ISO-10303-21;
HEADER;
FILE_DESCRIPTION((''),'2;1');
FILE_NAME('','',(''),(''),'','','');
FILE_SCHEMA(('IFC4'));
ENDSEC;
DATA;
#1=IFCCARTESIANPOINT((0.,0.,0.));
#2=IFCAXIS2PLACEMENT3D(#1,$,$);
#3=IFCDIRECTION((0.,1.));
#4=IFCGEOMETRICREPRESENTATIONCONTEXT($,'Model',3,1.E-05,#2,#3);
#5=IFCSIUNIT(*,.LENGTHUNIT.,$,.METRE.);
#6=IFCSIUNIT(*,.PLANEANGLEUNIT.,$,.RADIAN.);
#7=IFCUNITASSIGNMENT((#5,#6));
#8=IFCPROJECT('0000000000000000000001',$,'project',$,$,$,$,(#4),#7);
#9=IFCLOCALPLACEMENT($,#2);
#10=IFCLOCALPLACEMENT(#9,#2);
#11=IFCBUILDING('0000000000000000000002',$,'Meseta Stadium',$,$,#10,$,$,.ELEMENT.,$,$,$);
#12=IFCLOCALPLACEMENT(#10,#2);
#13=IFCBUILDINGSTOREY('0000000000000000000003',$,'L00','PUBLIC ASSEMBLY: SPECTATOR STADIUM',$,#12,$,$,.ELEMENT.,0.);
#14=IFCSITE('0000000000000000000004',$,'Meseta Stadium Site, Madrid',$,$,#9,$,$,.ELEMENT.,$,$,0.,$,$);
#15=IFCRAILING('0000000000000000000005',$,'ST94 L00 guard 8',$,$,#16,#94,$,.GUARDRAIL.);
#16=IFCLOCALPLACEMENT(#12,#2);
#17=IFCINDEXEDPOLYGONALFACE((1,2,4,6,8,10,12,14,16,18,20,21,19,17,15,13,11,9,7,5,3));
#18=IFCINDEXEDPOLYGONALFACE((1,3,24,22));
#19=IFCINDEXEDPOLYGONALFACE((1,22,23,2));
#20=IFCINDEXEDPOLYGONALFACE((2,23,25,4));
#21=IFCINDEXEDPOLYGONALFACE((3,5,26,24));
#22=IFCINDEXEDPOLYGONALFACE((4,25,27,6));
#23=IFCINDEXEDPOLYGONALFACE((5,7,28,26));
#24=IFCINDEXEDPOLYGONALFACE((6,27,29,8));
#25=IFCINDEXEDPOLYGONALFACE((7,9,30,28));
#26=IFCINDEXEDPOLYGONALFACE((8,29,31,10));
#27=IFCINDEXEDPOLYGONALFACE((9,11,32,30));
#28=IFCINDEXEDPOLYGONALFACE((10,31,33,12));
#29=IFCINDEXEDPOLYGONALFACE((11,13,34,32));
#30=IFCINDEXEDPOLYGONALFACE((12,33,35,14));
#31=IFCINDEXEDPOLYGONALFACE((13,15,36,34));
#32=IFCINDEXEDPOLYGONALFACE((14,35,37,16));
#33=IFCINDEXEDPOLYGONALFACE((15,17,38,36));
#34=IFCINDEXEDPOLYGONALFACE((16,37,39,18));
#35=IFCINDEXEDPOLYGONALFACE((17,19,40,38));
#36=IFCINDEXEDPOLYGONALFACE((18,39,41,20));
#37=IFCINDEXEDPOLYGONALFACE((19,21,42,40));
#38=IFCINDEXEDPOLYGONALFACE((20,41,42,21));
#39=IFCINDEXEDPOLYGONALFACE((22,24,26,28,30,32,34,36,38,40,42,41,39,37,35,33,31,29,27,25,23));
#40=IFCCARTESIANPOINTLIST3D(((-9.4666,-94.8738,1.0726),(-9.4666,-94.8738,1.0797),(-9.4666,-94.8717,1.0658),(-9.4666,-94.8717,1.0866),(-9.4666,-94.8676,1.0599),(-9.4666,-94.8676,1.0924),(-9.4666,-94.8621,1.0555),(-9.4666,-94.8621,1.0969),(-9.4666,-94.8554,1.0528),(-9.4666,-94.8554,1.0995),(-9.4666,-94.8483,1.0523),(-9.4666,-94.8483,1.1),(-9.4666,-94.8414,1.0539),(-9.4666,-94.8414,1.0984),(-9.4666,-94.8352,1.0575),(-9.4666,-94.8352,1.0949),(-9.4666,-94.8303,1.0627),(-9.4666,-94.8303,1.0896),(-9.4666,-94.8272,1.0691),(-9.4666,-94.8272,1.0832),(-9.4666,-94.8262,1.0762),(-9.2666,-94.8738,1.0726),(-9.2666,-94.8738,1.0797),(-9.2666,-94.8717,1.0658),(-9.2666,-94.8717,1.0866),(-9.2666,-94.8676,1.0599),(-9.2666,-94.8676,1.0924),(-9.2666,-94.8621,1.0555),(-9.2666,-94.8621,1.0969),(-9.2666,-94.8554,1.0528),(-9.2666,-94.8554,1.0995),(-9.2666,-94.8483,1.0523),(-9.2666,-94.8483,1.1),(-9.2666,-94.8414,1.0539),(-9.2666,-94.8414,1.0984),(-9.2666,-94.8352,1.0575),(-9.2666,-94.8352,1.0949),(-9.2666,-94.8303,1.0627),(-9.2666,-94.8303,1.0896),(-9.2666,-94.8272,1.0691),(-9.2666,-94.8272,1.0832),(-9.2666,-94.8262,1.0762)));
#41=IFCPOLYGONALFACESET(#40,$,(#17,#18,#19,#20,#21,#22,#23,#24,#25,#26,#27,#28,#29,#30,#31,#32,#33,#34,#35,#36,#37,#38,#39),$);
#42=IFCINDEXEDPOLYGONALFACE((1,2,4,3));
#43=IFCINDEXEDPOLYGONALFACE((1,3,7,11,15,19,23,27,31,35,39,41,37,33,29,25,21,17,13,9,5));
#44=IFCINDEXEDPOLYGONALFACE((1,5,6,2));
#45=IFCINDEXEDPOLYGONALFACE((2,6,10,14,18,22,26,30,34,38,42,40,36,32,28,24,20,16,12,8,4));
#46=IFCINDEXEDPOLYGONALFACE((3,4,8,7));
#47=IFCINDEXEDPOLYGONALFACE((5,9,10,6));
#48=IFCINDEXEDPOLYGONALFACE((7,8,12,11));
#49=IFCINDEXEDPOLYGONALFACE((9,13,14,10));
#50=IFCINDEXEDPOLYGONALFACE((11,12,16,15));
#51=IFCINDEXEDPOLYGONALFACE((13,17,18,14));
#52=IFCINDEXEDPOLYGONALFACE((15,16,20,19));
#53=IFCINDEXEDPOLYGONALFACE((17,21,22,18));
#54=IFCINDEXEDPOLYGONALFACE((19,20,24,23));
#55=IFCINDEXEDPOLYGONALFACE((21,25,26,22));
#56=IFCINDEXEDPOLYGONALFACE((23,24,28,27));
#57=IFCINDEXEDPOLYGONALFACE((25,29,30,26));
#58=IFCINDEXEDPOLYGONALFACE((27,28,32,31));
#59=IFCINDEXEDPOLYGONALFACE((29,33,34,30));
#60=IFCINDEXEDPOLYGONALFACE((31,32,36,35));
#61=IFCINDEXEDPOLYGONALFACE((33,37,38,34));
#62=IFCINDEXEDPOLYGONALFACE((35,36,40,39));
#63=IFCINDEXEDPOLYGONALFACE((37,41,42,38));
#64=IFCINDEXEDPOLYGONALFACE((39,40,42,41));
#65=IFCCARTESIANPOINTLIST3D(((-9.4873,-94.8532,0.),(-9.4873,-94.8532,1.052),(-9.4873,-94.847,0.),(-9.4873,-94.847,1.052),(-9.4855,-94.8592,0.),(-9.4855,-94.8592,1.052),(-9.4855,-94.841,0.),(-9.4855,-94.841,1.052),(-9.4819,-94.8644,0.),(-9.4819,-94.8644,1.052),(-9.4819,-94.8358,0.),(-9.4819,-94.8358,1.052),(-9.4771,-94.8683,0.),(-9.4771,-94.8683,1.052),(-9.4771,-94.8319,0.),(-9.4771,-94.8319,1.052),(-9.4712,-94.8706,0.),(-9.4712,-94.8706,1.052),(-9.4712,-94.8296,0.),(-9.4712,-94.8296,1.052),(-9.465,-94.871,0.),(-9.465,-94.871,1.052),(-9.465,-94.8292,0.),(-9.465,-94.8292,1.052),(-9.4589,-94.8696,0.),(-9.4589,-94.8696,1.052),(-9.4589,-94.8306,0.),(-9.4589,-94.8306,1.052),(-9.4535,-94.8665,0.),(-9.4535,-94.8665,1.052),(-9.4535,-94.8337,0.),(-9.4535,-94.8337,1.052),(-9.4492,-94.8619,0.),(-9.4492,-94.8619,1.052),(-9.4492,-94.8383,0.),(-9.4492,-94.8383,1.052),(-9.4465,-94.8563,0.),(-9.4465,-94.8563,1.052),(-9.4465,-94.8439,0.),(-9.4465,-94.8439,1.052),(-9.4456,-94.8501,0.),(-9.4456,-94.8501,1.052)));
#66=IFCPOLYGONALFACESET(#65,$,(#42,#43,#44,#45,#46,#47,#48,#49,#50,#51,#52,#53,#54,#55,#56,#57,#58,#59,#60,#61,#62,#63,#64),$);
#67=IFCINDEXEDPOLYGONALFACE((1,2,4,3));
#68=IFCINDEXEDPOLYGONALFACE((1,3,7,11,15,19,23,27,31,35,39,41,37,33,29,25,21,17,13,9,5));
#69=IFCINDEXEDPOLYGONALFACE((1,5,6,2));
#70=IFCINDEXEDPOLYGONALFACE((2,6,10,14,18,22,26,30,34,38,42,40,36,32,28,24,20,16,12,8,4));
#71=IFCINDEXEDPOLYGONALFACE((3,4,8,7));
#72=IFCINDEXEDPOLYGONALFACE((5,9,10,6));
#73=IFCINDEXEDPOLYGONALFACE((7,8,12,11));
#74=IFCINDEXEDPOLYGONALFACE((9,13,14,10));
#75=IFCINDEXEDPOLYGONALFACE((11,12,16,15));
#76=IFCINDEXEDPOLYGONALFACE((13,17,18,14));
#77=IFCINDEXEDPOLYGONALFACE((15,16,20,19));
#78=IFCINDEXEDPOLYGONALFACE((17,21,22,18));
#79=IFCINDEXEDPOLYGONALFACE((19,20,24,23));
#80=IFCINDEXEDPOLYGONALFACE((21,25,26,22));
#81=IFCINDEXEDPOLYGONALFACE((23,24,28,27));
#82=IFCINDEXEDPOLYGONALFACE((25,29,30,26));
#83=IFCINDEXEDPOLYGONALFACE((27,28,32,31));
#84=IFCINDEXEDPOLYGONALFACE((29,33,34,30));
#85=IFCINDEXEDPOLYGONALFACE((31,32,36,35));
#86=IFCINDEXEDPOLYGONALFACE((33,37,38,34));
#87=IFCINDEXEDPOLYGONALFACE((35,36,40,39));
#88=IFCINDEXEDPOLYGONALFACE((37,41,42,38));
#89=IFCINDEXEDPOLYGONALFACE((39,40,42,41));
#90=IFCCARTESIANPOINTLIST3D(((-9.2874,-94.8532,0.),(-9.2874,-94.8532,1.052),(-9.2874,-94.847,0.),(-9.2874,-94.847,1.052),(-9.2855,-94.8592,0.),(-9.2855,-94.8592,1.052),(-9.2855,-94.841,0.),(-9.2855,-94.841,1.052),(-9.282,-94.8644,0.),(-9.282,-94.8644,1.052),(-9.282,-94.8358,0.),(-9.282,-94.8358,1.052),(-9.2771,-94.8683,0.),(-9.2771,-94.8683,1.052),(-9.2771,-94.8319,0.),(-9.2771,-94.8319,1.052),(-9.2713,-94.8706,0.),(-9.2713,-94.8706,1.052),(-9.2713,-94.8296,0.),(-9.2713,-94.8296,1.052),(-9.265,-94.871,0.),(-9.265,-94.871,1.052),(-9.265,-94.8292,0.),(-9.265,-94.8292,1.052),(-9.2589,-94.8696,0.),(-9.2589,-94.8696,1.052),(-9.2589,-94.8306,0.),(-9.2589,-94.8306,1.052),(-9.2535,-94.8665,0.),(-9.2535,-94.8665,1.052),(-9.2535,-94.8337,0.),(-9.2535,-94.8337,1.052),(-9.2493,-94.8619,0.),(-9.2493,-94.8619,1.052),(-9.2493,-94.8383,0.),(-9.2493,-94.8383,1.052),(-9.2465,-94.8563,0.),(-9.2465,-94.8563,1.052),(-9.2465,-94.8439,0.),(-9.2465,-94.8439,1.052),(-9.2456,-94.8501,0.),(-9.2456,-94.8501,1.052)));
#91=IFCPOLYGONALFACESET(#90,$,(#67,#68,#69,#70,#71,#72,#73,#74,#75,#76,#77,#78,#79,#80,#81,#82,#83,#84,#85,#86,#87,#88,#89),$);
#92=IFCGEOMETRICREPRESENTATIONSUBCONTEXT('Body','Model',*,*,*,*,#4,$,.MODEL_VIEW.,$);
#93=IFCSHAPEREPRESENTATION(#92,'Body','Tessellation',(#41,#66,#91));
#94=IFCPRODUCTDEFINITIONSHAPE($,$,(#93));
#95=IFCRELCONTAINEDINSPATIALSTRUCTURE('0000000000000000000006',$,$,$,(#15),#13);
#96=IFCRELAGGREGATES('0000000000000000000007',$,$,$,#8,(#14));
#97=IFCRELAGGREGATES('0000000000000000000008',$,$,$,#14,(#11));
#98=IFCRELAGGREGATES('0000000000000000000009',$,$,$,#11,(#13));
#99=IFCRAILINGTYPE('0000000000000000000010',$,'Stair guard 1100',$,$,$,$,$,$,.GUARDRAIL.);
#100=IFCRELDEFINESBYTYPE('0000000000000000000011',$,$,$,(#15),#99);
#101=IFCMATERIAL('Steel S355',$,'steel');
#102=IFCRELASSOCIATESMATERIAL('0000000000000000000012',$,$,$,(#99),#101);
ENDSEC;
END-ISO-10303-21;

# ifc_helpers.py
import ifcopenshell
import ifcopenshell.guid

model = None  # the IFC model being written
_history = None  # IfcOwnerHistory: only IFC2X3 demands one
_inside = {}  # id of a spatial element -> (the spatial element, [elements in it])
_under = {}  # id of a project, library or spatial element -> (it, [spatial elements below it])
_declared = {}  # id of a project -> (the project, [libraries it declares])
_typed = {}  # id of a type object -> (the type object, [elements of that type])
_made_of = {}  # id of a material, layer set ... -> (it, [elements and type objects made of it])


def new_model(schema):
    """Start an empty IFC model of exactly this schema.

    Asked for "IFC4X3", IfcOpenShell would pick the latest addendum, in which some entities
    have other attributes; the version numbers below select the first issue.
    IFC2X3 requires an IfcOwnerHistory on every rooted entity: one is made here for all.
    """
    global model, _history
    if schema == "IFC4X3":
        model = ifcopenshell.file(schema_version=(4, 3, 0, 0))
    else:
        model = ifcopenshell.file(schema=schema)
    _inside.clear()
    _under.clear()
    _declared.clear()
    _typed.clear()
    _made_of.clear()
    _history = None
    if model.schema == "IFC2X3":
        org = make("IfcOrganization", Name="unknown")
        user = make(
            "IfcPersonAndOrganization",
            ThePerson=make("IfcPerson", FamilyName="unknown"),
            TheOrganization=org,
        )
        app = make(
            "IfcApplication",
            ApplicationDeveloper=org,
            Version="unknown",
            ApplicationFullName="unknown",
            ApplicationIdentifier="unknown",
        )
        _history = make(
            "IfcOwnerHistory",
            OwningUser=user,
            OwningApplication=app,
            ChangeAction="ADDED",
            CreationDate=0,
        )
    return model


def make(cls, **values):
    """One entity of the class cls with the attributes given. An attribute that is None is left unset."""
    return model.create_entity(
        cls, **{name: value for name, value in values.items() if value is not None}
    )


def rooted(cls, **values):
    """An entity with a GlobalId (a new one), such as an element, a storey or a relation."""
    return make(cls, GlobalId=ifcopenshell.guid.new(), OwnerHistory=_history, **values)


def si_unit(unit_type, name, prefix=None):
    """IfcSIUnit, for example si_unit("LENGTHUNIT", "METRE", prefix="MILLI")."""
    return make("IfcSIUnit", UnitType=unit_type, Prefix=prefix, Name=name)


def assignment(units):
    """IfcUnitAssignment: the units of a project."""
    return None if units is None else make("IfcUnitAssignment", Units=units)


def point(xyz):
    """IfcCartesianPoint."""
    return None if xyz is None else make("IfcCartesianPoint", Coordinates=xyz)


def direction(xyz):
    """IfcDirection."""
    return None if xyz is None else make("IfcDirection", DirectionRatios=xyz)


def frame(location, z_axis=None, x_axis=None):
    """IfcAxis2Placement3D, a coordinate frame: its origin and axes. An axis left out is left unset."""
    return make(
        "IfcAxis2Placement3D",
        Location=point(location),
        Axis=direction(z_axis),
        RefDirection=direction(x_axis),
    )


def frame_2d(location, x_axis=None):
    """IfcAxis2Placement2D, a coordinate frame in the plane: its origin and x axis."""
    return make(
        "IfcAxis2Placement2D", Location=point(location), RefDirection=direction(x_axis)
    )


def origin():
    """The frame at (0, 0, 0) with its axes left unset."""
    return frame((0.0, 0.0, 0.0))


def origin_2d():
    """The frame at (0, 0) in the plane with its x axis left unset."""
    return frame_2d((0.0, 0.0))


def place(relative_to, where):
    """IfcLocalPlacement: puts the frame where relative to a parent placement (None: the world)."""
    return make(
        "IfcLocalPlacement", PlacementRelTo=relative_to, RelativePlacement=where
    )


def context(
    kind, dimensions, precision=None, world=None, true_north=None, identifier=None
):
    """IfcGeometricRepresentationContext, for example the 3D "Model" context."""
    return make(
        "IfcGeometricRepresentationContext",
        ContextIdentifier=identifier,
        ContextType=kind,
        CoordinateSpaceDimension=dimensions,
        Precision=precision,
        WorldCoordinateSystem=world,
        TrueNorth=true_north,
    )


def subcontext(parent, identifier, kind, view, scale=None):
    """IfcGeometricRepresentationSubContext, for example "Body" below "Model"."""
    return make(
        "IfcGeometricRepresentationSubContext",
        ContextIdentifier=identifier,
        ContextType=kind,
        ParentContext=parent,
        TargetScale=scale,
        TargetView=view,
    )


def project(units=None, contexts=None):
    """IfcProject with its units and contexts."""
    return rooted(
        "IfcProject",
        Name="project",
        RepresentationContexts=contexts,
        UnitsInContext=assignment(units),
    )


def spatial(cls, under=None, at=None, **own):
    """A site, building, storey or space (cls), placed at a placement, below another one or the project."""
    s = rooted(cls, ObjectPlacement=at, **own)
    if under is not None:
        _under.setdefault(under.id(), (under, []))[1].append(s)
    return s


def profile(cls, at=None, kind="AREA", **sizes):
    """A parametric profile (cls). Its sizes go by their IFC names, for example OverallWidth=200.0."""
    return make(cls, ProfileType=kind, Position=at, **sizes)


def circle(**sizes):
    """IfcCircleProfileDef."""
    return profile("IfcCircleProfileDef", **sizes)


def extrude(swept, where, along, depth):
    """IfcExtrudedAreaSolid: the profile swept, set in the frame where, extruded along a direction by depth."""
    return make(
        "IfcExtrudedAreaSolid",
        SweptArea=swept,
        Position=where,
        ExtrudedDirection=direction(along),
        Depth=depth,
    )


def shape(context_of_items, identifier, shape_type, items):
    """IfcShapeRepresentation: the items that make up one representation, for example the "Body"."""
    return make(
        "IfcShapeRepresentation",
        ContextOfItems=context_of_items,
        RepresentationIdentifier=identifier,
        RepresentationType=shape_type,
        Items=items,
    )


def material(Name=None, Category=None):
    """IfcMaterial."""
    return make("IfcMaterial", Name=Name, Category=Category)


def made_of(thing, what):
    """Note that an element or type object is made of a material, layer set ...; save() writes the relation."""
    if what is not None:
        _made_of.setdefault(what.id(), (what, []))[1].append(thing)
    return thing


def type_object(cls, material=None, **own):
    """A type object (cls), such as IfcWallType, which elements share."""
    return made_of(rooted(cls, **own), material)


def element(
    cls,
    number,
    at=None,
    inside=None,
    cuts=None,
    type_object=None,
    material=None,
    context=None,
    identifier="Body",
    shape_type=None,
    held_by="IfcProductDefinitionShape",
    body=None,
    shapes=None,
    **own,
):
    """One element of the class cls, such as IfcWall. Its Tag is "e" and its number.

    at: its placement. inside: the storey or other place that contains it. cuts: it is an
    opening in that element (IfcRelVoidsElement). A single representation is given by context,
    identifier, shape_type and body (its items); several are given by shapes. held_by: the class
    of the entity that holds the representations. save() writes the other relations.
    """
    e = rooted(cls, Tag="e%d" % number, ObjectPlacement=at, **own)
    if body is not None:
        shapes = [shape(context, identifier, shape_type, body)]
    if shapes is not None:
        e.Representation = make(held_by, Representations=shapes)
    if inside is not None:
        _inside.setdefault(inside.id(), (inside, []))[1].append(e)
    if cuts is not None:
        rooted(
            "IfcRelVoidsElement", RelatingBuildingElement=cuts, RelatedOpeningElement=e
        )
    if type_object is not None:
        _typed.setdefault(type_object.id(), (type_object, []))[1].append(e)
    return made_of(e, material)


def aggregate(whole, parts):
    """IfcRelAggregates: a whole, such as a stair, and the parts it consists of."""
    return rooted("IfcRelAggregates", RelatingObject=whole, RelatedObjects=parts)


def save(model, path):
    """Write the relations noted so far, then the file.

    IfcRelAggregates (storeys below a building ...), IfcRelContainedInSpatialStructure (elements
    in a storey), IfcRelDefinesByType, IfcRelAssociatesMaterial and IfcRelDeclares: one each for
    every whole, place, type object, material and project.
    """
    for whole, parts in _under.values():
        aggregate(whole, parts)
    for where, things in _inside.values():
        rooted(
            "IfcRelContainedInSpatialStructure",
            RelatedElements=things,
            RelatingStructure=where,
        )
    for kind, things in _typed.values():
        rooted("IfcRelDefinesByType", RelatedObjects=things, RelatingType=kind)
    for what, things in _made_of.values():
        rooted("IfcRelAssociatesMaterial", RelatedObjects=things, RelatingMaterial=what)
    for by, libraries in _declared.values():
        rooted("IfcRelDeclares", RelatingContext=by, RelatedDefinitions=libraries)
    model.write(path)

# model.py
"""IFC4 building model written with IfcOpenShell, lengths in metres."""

from ifc_helpers import new_model, si_unit, direction, frame, origin, origin_2d, place, context, subcontext, project, spatial, circle, extrude, material, type_object, element, save


model = new_model("IFC4")

# Units and contexts
model_context = context("Model", 3, precision=1e-05, world=origin(), true_north=direction((0.0, 1.0)))
body_context = subcontext(model_context, "Body", "Model", "MODEL_VIEW")
ifc_project = project(units=[si_unit("LENGTHUNIT", "METRE"), si_unit("PLANEANGLEUNIT", "RADIAN")], contexts=[model_context])

# Site, building, storey
site_placement = place(None, origin())
site = spatial("IfcSite", under=ifc_project, at=site_placement, Name="Meseta Stadium Site, Madrid", CompositionType="ELEMENT", RefElevation=0.0)
building_placement = place(site_placement, origin())
building = spatial("IfcBuilding", under=site, at=building_placement, Name="Meseta Stadium", CompositionType="ELEMENT")
storey_placement = place(building_placement, origin())
storey = spatial("IfcBuildingStorey", under=building, at=storey_placement, Name="L00", Description="PUBLIC ASSEMBLY: SPECTATOR STADIUM", CompositionType="ELEMENT", Elevation=0.0)

# Railing
ifc_material_1 = material(Name="Steel S355", Category="steel")
railing_type_1 = type_object("IfcRailingType", Name="Stair guard 1100", PredefinedType="GUARDRAIL", material=ifc_material_1)
railing_1_placement = place(storey_placement, frame((-9.4666, -94.8501, 0.0)))
element("IfcRailing", 1, at=railing_1_placement, inside=storey, type_object=railing_type_1, Name="ST94 L00 guard 8", PredefinedType="GUARDRAIL", context=body_context, shape_type="SweptSolid", body=[
    extrude(circle(Radius=0.0239, at=origin_2d()), frame((0.0, 0.0, 1.0762), z_axis=(1.0, 0.0, 0.0), x_axis=(0.0, 1.0, 0.0)), (0.0, 0.0, 1.0), 0.2),
    extrude(circle(Radius=0.021, at=origin_2d()), origin(), (0.0, 0.0, 1.0), 1.052),
    extrude(circle(Radius=0.021, at=origin_2d()), frame((0.2, 0.0, 0.0)), (0.0, 0.0, 1.0), 1.052),
])

save(model, "model.ifc")
